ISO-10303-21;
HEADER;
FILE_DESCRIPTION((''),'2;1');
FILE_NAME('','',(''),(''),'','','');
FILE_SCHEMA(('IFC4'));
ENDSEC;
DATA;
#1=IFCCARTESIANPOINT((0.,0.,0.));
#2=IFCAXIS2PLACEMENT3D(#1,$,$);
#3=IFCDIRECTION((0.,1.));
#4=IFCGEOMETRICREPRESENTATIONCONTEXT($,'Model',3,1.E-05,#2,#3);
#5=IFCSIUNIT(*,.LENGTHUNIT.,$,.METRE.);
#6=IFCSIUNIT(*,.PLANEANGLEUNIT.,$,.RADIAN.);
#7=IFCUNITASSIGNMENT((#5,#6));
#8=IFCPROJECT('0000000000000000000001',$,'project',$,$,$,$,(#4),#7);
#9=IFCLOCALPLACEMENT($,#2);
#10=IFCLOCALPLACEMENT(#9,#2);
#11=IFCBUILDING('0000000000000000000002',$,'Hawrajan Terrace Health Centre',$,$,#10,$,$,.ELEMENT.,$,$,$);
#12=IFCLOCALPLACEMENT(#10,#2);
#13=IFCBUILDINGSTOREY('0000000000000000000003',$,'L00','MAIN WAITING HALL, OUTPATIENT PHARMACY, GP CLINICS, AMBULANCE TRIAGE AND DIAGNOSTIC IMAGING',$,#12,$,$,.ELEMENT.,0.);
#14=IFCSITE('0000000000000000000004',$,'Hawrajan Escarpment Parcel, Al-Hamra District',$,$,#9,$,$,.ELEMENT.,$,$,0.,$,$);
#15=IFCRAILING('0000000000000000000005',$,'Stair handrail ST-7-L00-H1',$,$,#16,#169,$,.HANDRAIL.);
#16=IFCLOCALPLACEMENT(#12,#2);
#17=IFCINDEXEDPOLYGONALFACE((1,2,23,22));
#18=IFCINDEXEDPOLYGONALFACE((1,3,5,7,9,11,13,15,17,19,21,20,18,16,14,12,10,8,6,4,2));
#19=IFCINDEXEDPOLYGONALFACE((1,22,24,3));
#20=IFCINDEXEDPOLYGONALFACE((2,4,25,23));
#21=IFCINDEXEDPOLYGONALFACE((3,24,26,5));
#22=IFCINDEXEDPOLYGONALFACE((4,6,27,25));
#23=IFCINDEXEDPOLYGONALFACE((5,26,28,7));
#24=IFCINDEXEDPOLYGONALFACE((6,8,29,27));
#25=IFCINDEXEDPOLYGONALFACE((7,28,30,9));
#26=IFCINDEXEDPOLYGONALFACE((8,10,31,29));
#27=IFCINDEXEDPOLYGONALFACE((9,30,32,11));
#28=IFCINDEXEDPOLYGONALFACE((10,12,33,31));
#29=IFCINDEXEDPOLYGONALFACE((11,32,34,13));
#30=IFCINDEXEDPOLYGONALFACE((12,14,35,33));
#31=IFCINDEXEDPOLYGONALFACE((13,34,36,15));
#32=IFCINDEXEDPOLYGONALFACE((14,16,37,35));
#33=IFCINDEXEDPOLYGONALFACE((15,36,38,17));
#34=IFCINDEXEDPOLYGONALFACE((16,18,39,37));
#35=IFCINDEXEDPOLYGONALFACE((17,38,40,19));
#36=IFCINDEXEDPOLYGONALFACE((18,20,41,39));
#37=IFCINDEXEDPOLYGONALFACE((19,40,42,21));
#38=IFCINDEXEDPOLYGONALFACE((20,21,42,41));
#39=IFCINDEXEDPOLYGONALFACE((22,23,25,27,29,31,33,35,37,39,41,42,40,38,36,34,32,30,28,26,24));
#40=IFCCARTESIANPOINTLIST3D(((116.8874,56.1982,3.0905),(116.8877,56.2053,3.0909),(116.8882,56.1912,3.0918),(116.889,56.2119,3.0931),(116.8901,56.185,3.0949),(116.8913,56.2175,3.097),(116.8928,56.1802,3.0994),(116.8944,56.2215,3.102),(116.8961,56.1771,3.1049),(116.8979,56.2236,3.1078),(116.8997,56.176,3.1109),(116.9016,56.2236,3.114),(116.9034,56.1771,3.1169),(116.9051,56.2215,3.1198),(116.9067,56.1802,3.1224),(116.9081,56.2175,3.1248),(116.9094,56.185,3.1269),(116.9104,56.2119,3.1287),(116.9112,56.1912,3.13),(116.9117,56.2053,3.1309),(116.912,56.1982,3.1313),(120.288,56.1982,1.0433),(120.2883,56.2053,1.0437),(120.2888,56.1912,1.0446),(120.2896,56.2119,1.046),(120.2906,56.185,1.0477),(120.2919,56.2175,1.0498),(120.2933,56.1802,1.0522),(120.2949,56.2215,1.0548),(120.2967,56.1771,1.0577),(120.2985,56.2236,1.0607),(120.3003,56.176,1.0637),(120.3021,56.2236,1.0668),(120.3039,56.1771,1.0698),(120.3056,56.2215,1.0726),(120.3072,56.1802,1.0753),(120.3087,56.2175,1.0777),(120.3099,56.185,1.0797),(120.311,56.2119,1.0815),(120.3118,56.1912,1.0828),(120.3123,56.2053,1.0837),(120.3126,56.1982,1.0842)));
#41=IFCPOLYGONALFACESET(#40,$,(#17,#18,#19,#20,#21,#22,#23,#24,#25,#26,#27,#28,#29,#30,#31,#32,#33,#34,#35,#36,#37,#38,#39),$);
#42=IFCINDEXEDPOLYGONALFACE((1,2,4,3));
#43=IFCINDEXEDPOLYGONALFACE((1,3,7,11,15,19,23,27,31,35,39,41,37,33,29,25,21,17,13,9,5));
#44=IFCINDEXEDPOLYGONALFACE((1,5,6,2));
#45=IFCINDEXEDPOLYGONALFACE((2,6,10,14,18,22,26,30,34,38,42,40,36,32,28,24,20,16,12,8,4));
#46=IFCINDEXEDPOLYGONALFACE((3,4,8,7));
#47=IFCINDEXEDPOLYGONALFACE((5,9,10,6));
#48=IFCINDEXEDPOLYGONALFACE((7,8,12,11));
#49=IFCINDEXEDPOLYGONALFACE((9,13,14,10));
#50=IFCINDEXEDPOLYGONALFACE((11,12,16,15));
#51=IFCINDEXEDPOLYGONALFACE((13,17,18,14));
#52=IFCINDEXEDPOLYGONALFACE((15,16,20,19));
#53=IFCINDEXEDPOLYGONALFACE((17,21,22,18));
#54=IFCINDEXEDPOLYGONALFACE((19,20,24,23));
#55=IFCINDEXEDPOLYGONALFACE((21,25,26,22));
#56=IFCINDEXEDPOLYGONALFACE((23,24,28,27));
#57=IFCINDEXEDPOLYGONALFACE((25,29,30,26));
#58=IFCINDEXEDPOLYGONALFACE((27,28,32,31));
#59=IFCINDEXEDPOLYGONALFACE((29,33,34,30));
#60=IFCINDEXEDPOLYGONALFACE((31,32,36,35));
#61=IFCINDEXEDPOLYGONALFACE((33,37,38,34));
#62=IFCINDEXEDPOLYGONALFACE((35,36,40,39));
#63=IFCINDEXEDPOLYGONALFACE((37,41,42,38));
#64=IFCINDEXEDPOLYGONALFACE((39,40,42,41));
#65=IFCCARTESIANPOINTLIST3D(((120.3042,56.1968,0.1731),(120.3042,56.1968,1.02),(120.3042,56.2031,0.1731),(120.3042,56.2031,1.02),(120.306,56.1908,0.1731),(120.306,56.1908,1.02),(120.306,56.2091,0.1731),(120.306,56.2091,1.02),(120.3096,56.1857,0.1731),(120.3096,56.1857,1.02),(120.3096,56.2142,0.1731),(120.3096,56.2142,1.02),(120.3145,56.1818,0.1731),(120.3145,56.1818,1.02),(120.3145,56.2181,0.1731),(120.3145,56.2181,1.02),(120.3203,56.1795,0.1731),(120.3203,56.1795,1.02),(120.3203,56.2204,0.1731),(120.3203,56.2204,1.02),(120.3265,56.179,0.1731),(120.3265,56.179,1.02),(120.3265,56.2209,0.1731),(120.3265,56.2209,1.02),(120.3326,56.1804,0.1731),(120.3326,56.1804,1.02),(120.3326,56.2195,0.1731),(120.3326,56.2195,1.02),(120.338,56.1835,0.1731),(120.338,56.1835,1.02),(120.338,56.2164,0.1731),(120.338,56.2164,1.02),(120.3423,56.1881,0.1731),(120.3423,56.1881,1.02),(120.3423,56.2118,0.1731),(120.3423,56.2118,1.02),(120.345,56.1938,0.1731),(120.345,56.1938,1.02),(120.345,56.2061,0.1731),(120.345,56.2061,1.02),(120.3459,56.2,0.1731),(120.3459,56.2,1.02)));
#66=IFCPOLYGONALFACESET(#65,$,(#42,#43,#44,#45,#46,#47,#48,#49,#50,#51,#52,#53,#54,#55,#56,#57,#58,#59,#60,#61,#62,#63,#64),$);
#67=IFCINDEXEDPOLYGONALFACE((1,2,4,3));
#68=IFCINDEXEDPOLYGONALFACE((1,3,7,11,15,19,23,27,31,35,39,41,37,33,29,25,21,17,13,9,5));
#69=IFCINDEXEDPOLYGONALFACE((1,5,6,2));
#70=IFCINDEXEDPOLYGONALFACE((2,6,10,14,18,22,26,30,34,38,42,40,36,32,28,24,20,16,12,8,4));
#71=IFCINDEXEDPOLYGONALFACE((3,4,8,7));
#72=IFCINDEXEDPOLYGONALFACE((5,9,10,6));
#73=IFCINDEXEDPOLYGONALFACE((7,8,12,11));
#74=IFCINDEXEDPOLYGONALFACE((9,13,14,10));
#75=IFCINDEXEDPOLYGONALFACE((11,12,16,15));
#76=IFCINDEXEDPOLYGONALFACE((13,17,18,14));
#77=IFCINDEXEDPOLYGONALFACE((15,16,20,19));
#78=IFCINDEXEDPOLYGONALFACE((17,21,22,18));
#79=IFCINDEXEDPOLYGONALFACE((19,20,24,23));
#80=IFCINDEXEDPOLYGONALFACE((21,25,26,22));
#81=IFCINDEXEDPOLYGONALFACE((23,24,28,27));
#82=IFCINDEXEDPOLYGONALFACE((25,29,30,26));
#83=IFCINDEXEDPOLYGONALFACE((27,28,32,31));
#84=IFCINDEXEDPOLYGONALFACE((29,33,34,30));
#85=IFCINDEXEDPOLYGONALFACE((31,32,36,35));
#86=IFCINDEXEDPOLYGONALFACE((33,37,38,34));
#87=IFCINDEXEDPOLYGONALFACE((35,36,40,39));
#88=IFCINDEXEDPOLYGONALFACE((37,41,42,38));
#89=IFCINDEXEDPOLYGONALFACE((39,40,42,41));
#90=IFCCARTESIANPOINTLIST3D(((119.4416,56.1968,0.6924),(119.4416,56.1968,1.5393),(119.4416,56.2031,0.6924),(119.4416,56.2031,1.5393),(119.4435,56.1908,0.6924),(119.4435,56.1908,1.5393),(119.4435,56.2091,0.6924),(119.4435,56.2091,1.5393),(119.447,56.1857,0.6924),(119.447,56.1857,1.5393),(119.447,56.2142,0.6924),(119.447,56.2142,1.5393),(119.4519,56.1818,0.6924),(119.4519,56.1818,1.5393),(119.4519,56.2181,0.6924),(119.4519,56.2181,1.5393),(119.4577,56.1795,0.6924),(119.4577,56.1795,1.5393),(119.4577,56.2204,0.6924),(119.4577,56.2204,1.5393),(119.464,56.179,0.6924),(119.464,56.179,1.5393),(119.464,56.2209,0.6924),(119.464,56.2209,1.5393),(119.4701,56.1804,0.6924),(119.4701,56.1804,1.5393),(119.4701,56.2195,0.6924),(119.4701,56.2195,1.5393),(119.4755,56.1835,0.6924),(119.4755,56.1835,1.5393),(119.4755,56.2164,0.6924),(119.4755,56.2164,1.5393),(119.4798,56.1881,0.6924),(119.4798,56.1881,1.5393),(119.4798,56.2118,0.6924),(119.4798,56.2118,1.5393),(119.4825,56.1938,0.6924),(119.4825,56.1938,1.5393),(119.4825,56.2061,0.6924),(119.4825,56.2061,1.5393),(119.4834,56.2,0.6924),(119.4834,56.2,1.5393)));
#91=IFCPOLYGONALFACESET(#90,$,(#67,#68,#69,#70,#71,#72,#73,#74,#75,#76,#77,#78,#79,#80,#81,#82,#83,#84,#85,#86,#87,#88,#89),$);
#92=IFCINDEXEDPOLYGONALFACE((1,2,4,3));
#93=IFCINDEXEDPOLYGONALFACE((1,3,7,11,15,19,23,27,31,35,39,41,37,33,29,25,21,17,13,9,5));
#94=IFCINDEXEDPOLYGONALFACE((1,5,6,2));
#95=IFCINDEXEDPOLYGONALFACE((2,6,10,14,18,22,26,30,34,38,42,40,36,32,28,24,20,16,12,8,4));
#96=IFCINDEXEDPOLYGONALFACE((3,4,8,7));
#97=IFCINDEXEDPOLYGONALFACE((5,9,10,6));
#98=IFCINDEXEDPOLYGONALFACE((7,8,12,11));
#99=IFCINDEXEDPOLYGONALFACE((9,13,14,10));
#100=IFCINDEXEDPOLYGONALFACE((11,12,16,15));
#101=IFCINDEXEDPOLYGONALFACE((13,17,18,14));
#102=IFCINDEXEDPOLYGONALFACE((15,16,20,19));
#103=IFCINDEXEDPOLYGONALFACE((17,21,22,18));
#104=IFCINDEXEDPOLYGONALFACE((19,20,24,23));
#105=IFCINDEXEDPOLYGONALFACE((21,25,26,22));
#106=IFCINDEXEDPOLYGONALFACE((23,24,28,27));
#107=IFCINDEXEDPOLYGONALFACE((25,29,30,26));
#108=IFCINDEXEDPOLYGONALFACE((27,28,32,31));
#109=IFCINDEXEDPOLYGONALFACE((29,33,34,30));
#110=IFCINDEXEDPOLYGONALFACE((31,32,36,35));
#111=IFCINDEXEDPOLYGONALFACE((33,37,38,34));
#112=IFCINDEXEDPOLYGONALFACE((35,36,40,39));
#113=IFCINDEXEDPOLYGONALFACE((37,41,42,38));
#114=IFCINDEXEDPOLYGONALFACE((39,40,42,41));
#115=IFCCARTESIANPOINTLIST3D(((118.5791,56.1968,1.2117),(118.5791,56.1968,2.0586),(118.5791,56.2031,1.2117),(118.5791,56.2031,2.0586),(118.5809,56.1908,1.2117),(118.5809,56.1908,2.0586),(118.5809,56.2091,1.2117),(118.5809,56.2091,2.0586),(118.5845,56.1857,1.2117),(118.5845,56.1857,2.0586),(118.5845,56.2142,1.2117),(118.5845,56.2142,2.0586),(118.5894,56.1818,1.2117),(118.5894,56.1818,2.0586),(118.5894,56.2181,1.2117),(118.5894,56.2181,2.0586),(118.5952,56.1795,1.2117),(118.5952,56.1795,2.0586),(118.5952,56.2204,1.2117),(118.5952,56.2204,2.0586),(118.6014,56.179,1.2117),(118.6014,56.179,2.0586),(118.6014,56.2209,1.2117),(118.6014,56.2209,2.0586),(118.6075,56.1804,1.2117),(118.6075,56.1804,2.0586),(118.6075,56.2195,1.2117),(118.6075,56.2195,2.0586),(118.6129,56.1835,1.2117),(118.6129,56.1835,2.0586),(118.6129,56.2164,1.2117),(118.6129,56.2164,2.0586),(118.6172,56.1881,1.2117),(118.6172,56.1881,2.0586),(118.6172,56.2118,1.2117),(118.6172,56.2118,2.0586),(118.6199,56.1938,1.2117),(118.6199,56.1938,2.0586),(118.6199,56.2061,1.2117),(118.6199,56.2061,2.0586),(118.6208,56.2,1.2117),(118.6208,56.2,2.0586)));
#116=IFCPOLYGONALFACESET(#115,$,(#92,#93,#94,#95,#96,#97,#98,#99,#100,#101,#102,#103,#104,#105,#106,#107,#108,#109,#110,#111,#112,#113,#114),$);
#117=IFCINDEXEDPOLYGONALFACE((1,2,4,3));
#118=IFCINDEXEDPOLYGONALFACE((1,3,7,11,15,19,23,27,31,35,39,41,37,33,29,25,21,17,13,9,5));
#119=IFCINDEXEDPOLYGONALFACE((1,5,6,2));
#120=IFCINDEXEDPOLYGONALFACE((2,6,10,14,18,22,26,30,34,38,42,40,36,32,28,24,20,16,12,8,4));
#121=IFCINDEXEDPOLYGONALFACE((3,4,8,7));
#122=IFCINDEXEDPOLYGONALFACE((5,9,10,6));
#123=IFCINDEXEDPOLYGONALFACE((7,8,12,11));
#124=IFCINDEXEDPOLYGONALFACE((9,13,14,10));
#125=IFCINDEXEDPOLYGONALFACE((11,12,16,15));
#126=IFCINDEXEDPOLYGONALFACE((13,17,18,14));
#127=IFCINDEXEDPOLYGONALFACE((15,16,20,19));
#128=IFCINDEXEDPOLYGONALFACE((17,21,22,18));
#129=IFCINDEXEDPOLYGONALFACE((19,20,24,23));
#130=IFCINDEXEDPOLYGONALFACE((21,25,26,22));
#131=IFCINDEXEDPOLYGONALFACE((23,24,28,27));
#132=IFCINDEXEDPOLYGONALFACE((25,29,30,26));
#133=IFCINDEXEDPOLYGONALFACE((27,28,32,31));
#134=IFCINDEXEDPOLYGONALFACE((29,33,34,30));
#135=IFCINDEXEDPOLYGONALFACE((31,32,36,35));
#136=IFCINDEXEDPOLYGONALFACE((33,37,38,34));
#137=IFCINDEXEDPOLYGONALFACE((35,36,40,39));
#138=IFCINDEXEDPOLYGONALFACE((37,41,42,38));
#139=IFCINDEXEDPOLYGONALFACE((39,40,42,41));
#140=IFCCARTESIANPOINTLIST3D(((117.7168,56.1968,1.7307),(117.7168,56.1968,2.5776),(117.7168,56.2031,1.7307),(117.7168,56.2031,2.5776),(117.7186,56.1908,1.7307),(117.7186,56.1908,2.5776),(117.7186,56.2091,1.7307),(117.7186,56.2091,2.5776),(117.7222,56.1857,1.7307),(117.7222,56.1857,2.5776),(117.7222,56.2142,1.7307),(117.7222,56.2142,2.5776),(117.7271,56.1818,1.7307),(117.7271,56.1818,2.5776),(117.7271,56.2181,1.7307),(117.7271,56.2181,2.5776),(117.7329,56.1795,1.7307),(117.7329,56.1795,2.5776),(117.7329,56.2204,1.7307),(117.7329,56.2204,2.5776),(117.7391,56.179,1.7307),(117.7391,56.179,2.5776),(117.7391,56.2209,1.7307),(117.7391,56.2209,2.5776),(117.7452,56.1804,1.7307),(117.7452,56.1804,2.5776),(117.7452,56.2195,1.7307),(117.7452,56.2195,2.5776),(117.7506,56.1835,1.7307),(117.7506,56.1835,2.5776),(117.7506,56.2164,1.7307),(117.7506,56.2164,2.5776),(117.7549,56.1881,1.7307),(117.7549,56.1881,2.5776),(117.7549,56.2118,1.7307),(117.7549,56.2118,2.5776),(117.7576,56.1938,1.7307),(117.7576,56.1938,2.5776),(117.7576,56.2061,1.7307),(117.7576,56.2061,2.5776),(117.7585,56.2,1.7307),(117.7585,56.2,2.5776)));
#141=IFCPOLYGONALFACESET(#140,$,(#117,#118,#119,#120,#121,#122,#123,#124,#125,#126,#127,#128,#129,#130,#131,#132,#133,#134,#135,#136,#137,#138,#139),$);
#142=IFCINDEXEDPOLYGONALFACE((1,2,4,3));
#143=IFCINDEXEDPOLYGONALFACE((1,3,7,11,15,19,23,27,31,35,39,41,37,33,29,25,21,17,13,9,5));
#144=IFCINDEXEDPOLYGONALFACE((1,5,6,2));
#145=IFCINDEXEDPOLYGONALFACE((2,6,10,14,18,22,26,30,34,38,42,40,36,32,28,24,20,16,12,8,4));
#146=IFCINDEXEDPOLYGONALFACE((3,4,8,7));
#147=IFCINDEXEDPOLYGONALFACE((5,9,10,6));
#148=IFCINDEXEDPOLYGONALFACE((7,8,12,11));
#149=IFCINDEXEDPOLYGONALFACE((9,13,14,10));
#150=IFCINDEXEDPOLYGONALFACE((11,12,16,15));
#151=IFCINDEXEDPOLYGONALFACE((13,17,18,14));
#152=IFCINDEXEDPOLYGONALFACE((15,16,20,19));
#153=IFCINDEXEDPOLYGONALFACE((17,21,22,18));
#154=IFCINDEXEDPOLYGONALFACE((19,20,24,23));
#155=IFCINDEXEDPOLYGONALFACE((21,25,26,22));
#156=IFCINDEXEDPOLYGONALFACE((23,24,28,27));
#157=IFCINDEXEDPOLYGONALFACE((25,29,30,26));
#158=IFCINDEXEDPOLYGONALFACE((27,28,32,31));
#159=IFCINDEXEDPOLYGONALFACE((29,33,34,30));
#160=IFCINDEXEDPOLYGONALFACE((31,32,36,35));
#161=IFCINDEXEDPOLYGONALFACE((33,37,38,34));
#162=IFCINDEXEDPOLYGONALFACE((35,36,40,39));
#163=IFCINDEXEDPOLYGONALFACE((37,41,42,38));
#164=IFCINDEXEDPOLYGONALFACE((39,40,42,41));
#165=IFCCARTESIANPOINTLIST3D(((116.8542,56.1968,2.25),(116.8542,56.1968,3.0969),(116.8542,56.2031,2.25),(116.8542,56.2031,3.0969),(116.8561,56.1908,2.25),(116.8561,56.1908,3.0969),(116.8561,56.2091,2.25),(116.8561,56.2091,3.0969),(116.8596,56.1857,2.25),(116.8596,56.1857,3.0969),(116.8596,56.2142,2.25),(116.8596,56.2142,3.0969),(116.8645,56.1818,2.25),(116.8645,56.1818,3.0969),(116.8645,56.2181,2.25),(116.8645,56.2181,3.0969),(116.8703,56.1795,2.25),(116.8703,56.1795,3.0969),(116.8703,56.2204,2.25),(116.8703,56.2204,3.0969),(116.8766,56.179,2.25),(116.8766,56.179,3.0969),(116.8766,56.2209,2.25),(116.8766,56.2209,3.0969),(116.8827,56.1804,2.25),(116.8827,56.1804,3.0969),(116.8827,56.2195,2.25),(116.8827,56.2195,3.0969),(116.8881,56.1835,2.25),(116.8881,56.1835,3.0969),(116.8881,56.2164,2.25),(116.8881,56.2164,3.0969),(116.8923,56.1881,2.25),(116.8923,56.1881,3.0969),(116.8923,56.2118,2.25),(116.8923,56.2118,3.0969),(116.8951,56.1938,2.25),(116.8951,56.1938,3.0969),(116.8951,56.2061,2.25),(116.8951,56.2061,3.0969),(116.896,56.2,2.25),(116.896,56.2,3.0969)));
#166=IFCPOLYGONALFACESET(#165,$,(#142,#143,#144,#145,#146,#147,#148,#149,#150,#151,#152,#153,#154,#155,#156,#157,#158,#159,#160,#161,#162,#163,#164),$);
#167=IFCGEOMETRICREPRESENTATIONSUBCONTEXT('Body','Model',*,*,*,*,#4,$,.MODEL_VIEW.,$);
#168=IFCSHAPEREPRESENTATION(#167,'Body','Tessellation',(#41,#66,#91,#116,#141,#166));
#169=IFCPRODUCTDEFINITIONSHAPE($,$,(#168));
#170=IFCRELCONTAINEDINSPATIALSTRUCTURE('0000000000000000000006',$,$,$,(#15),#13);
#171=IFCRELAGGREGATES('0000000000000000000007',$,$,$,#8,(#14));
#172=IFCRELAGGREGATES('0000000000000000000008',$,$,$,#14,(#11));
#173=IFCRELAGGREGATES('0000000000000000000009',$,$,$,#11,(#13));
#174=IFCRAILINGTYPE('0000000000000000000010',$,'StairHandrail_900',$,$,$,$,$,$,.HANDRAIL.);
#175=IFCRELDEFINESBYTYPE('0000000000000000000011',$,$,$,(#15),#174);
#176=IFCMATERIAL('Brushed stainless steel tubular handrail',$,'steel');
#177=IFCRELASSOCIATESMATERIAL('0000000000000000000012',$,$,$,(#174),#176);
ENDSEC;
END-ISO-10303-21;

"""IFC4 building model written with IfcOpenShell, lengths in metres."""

from ifc_helpers import new_model, si_unit, direction, frame, origin, origin_2d, place, context, subcontext, project, spatial, circle, extrude, material, type_object, element, save


model = new_model("IFC4")

# Units and contexts
model_context = context("Model", 3, precision=1e-05, world=origin(), true_north=direction((0.0, 1.0)))
body_context = subcontext(model_context, "Body", "Model", "MODEL_VIEW")
ifc_project = project(units=[si_unit("LENGTHUNIT", "METRE"), si_unit("PLANEANGLEUNIT", "RADIAN")], contexts=[model_context])

# Site, building, storey
site_placement = place(None, origin())
site = spatial("IfcSite", under=ifc_project, at=site_placement, Name="Hawrajan Escarpment Parcel, Al-Hamra District", CompositionType="ELEMENT", RefElevation=0.0)
building_placement = place(site_placement, origin())
building = spatial("IfcBuilding", under=site, at=building_placement, Name="Hawrajan Terrace Health Centre", CompositionType="ELEMENT")
storey_placement = place(building_placement, origin())
storey = spatial("IfcBuildingStorey", under=building, at=storey_placement, Name="L00", Description="MAIN WAITING HALL, OUTPATIENT PHARMACY, GP CLINICS, AMBULANCE TRIAGE AND DIAGNOSTIC IMAGING", CompositionType="ELEMENT", Elevation=0.0)

# Railing
ifc_material_1 = material(Name="Brushed stainless steel tubular handrail", Category="steel")
railing_type_1 = type_object("IfcRailingType", Name="StairHandrail_900", PredefinedType="HANDRAIL", material=ifc_material_1)
railing_1_placement = place(storey_placement, frame((120.325, 56.2, 0.1731)))
element("IfcRailing", 1, at=railing_1_placement, inside=storey, type_object=railing_type_1, Name="Stair handrail ST-7-L00-H1", PredefinedType="HANDRAIL", context=body_context, shape_type="SweptSolid", body=[
    extrude(circle(Radius=0.0239, at=origin_2d()), frame((-0.0247, 0.0, 0.8906), z_axis=(-0.856732, 0.0, 0.515761), x_axis=(0.0, -1.0, 0.0)), (0.0, 0.0, 1.0), 3.9692),
    extrude(circle(Radius=0.021, at=origin_2d()), origin(), (0.0, 0.0, 1.0), 0.8469),
    extrude(circle(Radius=0.021, at=origin_2d()), frame((-0.8625, 0.0, 0.5193)), (0.0, 0.0, 1.0), 0.8469),
    extrude(circle(Radius=0.021, at=origin_2d()), frame((-1.7251, 0.0, 1.0386)), (0.0, 0.0, 1.0), 0.8469),
    extrude(circle(Radius=0.021, at=origin_2d()), frame((-2.5874, 0.0, 1.5576)), (0.0, 0.0, 1.0), 0.8469),
    extrude(circle(Radius=0.021, at=origin_2d()), frame((-3.45, 0.0, 2.0769)), (0.0, 0.0, 1.0), 0.8469),
])

save(model, "model.ifc")
